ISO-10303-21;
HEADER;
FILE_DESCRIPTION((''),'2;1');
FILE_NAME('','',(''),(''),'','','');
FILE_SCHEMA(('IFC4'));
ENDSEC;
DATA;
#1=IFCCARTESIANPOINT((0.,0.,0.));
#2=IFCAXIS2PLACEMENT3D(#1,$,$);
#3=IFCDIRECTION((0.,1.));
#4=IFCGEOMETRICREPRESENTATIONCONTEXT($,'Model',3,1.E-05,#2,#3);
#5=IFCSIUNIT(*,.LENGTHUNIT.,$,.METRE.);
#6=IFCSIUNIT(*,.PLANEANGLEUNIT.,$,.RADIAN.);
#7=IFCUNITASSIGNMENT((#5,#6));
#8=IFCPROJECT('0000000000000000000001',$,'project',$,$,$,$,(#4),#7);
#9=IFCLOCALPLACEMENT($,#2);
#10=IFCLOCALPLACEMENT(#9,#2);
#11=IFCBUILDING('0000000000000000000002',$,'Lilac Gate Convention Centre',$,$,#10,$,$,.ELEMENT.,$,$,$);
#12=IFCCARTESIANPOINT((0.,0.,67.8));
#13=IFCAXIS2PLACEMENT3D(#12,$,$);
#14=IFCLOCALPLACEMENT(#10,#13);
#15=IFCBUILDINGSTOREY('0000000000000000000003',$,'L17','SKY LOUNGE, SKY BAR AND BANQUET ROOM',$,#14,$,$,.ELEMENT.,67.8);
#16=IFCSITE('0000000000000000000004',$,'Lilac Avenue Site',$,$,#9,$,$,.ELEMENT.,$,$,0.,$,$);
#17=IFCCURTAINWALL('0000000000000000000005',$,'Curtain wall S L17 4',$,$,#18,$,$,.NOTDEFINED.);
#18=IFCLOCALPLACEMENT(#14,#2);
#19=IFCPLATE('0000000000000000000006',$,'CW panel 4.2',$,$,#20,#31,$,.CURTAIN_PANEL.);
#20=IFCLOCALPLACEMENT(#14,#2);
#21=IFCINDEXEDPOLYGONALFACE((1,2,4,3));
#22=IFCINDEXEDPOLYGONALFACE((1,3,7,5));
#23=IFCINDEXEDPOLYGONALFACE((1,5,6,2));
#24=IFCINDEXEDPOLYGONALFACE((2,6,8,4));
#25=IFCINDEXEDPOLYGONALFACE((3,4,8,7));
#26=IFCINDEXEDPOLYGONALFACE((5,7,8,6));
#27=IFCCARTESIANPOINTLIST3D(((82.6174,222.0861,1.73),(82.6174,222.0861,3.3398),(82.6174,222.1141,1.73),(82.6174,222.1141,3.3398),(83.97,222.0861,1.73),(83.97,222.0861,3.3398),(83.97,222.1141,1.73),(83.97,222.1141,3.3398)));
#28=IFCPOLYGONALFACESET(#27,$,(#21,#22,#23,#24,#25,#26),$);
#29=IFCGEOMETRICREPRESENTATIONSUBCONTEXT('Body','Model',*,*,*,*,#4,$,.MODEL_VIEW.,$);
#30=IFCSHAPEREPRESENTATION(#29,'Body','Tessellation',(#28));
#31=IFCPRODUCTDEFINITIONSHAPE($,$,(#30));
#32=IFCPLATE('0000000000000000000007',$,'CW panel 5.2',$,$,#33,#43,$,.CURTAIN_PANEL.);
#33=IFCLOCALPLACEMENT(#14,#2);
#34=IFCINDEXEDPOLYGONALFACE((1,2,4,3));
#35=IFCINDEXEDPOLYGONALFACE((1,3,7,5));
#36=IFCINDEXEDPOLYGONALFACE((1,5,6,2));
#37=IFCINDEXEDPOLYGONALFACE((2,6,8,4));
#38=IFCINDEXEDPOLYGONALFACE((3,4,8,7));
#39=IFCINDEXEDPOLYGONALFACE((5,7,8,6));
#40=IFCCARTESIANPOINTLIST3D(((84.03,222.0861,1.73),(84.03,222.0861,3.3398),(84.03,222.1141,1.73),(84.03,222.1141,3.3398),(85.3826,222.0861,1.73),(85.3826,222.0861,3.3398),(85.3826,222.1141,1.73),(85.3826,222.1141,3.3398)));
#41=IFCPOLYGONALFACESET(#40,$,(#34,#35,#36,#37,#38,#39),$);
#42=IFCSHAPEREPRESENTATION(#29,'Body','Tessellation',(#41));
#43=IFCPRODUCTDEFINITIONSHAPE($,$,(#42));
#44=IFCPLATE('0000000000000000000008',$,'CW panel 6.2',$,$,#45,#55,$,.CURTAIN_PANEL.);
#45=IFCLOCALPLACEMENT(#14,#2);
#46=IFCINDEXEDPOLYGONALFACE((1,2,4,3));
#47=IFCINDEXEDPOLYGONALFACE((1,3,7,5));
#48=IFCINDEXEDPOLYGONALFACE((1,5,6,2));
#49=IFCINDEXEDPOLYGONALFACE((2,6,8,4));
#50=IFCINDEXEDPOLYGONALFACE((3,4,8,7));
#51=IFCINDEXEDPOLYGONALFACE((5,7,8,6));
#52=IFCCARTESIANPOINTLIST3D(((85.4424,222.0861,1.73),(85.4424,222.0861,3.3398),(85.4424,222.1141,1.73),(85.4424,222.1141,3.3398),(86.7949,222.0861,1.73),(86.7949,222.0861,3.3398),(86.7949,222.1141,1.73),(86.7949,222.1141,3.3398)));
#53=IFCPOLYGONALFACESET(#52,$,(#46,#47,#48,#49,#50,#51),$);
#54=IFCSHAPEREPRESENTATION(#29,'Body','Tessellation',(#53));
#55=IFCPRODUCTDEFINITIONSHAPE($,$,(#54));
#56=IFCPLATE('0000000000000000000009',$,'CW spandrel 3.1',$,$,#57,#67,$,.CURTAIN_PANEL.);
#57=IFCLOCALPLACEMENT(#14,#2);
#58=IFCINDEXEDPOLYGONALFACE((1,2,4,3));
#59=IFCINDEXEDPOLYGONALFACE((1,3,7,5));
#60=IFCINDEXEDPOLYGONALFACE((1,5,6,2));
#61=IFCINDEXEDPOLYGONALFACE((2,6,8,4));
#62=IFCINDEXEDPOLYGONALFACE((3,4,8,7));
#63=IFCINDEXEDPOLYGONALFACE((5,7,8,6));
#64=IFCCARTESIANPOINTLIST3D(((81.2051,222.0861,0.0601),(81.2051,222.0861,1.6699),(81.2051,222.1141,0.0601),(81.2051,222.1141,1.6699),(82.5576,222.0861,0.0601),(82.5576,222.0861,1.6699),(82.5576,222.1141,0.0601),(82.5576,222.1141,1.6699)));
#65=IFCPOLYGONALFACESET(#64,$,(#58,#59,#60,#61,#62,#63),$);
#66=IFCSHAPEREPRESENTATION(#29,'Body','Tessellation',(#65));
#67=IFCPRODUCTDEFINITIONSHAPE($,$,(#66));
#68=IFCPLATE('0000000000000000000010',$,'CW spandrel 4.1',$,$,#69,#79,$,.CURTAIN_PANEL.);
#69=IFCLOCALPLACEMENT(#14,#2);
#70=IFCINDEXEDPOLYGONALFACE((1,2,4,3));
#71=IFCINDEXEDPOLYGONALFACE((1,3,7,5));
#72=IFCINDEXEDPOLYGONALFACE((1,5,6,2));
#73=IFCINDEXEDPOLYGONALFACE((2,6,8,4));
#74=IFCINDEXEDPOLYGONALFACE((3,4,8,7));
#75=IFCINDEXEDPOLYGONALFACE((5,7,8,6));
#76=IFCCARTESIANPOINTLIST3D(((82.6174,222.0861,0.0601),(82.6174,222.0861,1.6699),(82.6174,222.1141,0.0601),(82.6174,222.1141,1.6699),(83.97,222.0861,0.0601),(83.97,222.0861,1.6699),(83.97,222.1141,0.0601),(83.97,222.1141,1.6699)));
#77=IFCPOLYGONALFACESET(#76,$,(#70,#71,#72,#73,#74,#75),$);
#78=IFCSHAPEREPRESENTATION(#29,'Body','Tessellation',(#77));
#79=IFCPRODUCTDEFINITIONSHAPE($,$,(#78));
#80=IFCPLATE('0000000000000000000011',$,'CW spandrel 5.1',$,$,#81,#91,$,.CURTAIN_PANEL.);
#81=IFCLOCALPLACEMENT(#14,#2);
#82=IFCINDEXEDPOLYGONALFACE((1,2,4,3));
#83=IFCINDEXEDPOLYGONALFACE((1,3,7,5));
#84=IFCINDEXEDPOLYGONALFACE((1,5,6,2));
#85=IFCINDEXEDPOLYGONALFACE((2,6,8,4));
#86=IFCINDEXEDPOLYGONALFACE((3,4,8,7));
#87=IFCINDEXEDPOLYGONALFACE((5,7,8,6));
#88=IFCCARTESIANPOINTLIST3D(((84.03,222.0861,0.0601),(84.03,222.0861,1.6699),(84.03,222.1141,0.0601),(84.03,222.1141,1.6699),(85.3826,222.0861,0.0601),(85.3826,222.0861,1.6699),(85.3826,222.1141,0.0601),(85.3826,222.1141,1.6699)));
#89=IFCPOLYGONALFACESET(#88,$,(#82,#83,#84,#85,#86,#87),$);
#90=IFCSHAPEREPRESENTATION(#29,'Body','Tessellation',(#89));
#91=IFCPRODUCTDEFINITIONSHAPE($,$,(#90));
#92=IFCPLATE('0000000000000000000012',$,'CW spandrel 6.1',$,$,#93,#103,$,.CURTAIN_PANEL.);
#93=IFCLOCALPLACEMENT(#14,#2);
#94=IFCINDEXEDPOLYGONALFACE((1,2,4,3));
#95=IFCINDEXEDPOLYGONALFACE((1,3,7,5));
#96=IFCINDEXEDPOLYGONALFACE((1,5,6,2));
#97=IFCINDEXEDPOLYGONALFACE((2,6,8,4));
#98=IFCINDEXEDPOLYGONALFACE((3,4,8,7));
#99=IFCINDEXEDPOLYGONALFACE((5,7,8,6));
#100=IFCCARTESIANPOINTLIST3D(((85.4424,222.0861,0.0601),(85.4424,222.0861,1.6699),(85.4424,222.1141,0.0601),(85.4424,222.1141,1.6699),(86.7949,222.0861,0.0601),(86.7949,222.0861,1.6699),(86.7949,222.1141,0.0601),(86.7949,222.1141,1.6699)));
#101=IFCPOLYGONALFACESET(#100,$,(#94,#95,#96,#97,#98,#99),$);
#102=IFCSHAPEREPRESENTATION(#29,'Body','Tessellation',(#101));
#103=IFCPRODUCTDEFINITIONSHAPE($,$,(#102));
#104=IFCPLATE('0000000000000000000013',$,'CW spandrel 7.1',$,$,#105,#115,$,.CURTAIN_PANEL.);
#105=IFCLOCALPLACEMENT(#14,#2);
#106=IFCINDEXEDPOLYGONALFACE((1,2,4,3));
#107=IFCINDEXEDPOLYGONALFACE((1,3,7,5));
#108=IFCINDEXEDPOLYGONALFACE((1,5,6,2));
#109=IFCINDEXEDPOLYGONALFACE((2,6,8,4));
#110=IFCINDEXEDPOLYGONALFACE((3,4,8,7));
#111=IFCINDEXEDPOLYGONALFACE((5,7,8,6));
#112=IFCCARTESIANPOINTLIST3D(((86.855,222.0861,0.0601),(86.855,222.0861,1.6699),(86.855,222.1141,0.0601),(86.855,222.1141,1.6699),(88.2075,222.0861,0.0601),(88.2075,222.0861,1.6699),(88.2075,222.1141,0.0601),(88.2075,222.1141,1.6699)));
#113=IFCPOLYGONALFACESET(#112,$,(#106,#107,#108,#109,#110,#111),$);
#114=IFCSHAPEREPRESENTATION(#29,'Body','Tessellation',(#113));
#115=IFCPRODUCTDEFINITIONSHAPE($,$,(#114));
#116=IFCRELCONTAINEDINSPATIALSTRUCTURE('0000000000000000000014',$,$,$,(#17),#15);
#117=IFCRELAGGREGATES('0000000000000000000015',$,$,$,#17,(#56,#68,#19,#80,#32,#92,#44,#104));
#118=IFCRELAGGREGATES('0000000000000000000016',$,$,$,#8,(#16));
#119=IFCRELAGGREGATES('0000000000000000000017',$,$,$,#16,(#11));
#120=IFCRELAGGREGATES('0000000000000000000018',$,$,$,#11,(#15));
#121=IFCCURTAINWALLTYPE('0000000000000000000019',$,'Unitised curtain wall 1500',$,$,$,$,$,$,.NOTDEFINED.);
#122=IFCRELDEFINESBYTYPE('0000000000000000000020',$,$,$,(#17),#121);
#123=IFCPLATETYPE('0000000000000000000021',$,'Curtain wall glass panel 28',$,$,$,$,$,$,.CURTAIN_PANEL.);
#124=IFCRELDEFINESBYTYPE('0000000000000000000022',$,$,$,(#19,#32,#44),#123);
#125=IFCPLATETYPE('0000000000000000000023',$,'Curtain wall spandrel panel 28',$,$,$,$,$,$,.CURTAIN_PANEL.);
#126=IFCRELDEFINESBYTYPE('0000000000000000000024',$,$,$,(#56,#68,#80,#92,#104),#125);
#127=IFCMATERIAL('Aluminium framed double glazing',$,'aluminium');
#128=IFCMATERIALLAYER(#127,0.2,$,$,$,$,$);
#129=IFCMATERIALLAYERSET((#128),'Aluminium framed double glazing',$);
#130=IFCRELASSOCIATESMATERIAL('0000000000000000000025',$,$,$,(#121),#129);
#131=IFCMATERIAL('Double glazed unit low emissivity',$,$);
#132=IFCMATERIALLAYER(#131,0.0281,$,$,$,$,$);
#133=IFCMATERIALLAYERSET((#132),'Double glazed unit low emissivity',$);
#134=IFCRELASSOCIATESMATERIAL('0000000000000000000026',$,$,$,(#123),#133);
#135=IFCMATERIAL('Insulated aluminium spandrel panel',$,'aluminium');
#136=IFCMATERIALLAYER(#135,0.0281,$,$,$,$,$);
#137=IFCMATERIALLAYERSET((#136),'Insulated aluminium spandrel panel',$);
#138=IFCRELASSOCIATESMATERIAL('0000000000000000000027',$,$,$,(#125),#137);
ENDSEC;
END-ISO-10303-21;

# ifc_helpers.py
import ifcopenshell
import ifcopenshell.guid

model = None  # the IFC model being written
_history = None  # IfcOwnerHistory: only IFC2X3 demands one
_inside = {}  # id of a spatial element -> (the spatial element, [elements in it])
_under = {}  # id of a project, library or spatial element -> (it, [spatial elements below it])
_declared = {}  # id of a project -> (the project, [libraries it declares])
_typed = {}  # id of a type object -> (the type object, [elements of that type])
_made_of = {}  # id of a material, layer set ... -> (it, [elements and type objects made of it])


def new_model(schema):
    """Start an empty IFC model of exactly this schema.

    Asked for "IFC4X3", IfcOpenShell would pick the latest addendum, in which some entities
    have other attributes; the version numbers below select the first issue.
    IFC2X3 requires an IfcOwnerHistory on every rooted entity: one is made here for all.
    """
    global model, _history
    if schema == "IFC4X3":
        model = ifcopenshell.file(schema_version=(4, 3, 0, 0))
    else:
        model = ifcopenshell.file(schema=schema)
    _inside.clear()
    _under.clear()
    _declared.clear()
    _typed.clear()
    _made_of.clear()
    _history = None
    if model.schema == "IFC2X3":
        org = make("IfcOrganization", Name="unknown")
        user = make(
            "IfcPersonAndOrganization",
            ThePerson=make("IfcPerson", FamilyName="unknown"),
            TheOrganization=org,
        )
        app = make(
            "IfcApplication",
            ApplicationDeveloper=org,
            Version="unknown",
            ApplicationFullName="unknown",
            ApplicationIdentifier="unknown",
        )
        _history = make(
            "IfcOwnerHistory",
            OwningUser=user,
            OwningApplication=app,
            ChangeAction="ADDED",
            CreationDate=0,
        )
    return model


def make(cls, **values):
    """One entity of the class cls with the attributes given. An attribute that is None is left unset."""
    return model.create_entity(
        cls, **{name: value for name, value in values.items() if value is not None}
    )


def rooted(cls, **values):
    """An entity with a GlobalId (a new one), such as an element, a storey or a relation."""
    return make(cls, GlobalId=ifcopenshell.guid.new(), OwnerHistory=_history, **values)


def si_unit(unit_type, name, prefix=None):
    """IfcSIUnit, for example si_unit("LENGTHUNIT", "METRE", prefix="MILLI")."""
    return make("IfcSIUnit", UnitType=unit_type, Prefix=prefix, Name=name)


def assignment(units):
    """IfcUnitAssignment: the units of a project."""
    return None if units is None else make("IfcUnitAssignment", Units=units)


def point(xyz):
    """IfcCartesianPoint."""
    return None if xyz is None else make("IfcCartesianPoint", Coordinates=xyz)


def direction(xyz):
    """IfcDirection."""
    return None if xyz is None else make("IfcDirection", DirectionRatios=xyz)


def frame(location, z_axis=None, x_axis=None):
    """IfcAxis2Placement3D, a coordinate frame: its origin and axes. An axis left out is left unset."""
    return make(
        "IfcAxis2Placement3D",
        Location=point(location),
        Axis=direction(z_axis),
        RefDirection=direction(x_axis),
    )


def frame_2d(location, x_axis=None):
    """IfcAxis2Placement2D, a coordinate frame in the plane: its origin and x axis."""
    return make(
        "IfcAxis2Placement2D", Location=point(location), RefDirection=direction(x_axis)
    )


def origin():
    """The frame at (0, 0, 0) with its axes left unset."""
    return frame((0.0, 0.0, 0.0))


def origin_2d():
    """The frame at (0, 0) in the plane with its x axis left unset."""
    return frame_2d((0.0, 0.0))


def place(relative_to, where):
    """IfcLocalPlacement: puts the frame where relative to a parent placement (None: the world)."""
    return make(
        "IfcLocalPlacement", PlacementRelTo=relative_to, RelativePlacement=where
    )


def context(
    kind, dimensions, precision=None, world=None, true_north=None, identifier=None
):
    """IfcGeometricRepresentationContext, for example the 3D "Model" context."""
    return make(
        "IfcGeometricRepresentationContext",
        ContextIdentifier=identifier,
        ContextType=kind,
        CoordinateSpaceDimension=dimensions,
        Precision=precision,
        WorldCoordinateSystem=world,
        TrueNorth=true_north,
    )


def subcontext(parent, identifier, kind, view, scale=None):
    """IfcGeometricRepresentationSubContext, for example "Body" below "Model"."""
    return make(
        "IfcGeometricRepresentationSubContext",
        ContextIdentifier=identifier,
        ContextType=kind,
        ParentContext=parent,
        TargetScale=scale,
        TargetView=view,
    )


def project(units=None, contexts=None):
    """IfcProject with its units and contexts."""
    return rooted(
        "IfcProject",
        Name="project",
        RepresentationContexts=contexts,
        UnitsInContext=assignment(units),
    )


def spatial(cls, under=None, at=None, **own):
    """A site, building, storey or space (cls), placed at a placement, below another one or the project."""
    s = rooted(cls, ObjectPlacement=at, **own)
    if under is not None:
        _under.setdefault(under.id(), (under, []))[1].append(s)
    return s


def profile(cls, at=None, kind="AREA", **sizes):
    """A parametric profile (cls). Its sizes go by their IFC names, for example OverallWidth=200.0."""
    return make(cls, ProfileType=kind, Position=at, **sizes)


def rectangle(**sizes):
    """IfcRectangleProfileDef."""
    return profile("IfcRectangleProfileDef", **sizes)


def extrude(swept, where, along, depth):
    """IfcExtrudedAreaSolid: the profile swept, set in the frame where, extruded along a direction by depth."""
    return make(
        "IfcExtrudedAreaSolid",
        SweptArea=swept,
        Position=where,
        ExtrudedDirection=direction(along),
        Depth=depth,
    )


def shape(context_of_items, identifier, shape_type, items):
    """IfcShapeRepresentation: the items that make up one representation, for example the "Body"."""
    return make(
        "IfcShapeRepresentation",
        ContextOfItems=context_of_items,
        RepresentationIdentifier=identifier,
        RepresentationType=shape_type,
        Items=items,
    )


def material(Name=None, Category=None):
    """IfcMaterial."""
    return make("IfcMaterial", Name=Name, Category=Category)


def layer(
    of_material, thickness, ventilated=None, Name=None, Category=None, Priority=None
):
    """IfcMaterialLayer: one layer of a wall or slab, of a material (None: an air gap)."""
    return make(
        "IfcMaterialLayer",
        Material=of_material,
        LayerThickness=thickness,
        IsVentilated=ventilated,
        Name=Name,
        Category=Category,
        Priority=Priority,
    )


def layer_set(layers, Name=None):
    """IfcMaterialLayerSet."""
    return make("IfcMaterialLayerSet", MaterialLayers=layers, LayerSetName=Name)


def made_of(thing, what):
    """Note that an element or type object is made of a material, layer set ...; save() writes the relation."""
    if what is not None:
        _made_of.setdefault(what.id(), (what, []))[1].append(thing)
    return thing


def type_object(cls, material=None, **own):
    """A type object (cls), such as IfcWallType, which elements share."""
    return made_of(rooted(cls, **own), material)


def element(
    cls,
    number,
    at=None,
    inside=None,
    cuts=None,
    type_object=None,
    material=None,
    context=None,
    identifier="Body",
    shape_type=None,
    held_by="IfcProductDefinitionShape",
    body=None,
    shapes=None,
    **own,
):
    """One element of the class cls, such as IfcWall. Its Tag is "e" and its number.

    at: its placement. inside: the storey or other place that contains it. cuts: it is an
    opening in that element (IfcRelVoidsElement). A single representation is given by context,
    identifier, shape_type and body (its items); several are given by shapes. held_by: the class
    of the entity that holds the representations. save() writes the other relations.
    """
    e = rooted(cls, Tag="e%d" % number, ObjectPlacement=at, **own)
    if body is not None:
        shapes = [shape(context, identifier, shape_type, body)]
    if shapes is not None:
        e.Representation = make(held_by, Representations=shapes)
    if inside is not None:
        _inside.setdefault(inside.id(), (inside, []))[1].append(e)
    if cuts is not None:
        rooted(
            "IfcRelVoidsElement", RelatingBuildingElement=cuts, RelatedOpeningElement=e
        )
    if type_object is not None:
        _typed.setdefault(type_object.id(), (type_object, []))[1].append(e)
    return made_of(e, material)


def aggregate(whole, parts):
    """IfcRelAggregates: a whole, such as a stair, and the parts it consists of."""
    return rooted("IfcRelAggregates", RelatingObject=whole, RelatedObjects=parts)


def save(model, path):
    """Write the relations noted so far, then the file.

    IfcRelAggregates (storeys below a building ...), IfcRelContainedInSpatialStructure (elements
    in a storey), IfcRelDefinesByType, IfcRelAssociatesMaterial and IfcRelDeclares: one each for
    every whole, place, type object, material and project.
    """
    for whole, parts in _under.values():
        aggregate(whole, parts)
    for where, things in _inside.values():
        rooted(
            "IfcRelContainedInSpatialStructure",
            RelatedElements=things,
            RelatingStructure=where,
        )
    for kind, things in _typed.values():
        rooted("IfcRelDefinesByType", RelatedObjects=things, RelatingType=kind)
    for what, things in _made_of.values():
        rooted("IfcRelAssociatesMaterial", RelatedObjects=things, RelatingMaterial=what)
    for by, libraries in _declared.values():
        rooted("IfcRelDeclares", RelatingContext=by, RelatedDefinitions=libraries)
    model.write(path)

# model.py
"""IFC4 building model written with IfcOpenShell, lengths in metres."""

from ifc_helpers import new_model, si_unit, direction, frame, origin, origin_2d, place, context, subcontext, project, spatial, rectangle, extrude, material, layer, layer_set, type_object, element, aggregate, save


model = new_model("IFC4")

# Units and contexts
model_context = context("Model", 3, precision=1e-05, world=origin(), true_north=direction((0.0, 1.0)))
body_context = subcontext(model_context, "Body", "Model", "MODEL_VIEW")
ifc_project = project(units=[si_unit("LENGTHUNIT", "METRE"), si_unit("PLANEANGLEUNIT", "RADIAN")], contexts=[model_context])

# Site, building, storey
site_placement = place(None, origin())
site = spatial("IfcSite", under=ifc_project, at=site_placement, Name="Lilac Avenue Site", CompositionType="ELEMENT", RefElevation=0.0)
building_placement = place(site_placement, origin())
building = spatial("IfcBuilding", under=site, at=building_placement, Name="Lilac Gate Convention Centre", CompositionType="ELEMENT")
storey_placement = place(building_placement, frame((0.0, 0.0, 67.8)))
storey = spatial("IfcBuildingStorey", under=building, at=storey_placement, Name="L17", Description="SKY LOUNGE, SKY BAR AND BANQUET ROOM", CompositionType="ELEMENT", Elevation=67.8)

# Curtain wall, plates
ifc_material_1 = material(Name="Aluminium framed double glazing", Category="aluminium")
ifc_layer_1 = layer(ifc_material_1, 0.2)
ifc_layer_set_1 = layer_set([ifc_layer_1], Name="Aluminium framed double glazing")
curtain_wall_type = type_object("IfcCurtainWallType", Name="Unitised curtain wall 1500", PredefinedType="NOTDEFINED", material=ifc_layer_set_1)
curtain_wall_placement = place(storey_placement, origin())
curtain_wall = element("IfcCurtainWall", 1, at=curtain_wall_placement, inside=storey, type_object=curtain_wall_type, Name="Curtain wall S L17 4", PredefinedType="NOTDEFINED")
ifc_material_2 = material(Name="Double glazed unit low emissivity")
ifc_layer_2 = layer(ifc_material_2, 0.0281)
ifc_layer_set_2 = layer_set([ifc_layer_2], Name="Double glazed unit low emissivity")
plate_type_1 = type_object("IfcPlateType", Name="Curtain wall glass panel 28", PredefinedType="CURTAIN_PANEL", material=ifc_layer_set_2)
plate_1_placement = place(storey_placement, frame((83.2937, 222.1001, 1.73), z_axis=(0.0, 0.0, 1.0), x_axis=(1.0, 0.0, 0.0)))
plate_1 = element("IfcPlate", 2, at=plate_1_placement, type_object=plate_type_1, Name="CW panel 4.2", PredefinedType="CURTAIN_PANEL", context=body_context, shape_type="SweptSolid", body=[
    extrude(rectangle(XDim=1.3525, YDim=0.0281, at=origin_2d()), origin(), (0.0, 0.0, 1.0), 1.6099),
])
plate_2_placement = place(storey_placement, frame((84.7063, 222.1001, 1.73), z_axis=(0.0, 0.0, 1.0), x_axis=(1.0, 0.0, 0.0)))
plate_2 = element("IfcPlate", 3, at=plate_2_placement, type_object=plate_type_1, Name="CW panel 5.2", PredefinedType="CURTAIN_PANEL", context=body_context, shape_type="SweptSolid", body=[
    extrude(rectangle(XDim=1.3525, YDim=0.0281, at=origin_2d()), origin(), (0.0, 0.0, 1.0), 1.6099),
])
plate_3_placement = place(storey_placement, frame((86.1187, 222.1001, 1.73), z_axis=(0.0, 0.0, 1.0), x_axis=(1.0, 0.0, 0.0)))
plate_3 = element("IfcPlate", 4, at=plate_3_placement, type_object=plate_type_1, Name="CW panel 6.2", PredefinedType="CURTAIN_PANEL", context=body_context, shape_type="SweptSolid", body=[
    extrude(rectangle(XDim=1.3525, YDim=0.0281, at=origin_2d()), origin(), (0.0, 0.0, 1.0), 1.6099),
])
ifc_material_3 = material(Name="Insulated aluminium spandrel panel", Category="aluminium")
ifc_layer_3 = layer(ifc_material_3, 0.0281)
ifc_layer_set_3 = layer_set([ifc_layer_3], Name="Insulated aluminium spandrel panel")
plate_type_2 = type_object("IfcPlateType", Name="Curtain wall spandrel panel 28", PredefinedType="CURTAIN_PANEL", material=ifc_layer_set_3)
plate_4_placement = place(storey_placement, frame((81.8813, 222.1001, 0.0601), z_axis=(0.0, 0.0, 1.0), x_axis=(1.0, 0.0, 0.0)))
plate_4 = element("IfcPlate", 5, at=plate_4_placement, type_object=plate_type_2, Name="CW spandrel 3.1", PredefinedType="CURTAIN_PANEL", context=body_context, shape_type="SweptSolid", body=[
    extrude(rectangle(XDim=1.3525, YDim=0.0281, at=origin_2d()), origin(), (0.0, 0.0, 1.0), 1.6099),
])
plate_5_placement = place(storey_placement, frame((83.2937, 222.1001, 0.0601), z_axis=(0.0, 0.0, 1.0), x_axis=(1.0, 0.0, 0.0)))
plate_5 = element("IfcPlate", 6, at=plate_5_placement, type_object=plate_type_2, Name="CW spandrel 4.1", PredefinedType="CURTAIN_PANEL", context=body_context, shape_type="SweptSolid", body=[
    extrude(rectangle(XDim=1.3525, YDim=0.0281, at=origin_2d()), origin(), (0.0, 0.0, 1.0), 1.6099),
])
plate_6_placement = place(storey_placement, frame((84.7063, 222.1001, 0.0601), z_axis=(0.0, 0.0, 1.0), x_axis=(1.0, 0.0, 0.0)))
plate_6 = element("IfcPlate", 7, at=plate_6_placement, type_object=plate_type_2, Name="CW spandrel 5.1", PredefinedType="CURTAIN_PANEL", context=body_context, shape_type="SweptSolid", body=[
    extrude(rectangle(XDim=1.3525, YDim=0.0281, at=origin_2d()), origin(), (0.0, 0.0, 1.0), 1.6099),
])
plate_7_placement = place(storey_placement, frame((86.1187, 222.1001, 0.0601), z_axis=(0.0, 0.0, 1.0), x_axis=(1.0, 0.0, 0.0)))
plate_7 = element("IfcPlate", 8, at=plate_7_placement, type_object=plate_type_2, Name="CW spandrel 6.1", PredefinedType="CURTAIN_PANEL", context=body_context, shape_type="SweptSolid", body=[
    extrude(rectangle(XDim=1.3525, YDim=0.0281, at=origin_2d()), origin(), (0.0, 0.0, 1.0), 1.6099),
])
plate_8_placement = place(storey_placement, frame((87.5312, 222.1001, 0.0601), z_axis=(0.0, 0.0, 1.0), x_axis=(1.0, 0.0, 0.0)))
plate_8 = element("IfcPlate", 9, at=plate_8_placement, type_object=plate_type_2, Name="CW spandrel 7.1", PredefinedType="CURTAIN_PANEL", context=body_context, shape_type="SweptSolid", body=[
    extrude(rectangle(XDim=1.3525, YDim=0.0281, at=origin_2d()), origin(), (0.0, 0.0, 1.0), 1.6099),
])
aggregate(curtain_wall, [plate_4, plate_5, plate_1, plate_6, plate_2, plate_7, plate_3, plate_8])

save(model, "model.ifc")
